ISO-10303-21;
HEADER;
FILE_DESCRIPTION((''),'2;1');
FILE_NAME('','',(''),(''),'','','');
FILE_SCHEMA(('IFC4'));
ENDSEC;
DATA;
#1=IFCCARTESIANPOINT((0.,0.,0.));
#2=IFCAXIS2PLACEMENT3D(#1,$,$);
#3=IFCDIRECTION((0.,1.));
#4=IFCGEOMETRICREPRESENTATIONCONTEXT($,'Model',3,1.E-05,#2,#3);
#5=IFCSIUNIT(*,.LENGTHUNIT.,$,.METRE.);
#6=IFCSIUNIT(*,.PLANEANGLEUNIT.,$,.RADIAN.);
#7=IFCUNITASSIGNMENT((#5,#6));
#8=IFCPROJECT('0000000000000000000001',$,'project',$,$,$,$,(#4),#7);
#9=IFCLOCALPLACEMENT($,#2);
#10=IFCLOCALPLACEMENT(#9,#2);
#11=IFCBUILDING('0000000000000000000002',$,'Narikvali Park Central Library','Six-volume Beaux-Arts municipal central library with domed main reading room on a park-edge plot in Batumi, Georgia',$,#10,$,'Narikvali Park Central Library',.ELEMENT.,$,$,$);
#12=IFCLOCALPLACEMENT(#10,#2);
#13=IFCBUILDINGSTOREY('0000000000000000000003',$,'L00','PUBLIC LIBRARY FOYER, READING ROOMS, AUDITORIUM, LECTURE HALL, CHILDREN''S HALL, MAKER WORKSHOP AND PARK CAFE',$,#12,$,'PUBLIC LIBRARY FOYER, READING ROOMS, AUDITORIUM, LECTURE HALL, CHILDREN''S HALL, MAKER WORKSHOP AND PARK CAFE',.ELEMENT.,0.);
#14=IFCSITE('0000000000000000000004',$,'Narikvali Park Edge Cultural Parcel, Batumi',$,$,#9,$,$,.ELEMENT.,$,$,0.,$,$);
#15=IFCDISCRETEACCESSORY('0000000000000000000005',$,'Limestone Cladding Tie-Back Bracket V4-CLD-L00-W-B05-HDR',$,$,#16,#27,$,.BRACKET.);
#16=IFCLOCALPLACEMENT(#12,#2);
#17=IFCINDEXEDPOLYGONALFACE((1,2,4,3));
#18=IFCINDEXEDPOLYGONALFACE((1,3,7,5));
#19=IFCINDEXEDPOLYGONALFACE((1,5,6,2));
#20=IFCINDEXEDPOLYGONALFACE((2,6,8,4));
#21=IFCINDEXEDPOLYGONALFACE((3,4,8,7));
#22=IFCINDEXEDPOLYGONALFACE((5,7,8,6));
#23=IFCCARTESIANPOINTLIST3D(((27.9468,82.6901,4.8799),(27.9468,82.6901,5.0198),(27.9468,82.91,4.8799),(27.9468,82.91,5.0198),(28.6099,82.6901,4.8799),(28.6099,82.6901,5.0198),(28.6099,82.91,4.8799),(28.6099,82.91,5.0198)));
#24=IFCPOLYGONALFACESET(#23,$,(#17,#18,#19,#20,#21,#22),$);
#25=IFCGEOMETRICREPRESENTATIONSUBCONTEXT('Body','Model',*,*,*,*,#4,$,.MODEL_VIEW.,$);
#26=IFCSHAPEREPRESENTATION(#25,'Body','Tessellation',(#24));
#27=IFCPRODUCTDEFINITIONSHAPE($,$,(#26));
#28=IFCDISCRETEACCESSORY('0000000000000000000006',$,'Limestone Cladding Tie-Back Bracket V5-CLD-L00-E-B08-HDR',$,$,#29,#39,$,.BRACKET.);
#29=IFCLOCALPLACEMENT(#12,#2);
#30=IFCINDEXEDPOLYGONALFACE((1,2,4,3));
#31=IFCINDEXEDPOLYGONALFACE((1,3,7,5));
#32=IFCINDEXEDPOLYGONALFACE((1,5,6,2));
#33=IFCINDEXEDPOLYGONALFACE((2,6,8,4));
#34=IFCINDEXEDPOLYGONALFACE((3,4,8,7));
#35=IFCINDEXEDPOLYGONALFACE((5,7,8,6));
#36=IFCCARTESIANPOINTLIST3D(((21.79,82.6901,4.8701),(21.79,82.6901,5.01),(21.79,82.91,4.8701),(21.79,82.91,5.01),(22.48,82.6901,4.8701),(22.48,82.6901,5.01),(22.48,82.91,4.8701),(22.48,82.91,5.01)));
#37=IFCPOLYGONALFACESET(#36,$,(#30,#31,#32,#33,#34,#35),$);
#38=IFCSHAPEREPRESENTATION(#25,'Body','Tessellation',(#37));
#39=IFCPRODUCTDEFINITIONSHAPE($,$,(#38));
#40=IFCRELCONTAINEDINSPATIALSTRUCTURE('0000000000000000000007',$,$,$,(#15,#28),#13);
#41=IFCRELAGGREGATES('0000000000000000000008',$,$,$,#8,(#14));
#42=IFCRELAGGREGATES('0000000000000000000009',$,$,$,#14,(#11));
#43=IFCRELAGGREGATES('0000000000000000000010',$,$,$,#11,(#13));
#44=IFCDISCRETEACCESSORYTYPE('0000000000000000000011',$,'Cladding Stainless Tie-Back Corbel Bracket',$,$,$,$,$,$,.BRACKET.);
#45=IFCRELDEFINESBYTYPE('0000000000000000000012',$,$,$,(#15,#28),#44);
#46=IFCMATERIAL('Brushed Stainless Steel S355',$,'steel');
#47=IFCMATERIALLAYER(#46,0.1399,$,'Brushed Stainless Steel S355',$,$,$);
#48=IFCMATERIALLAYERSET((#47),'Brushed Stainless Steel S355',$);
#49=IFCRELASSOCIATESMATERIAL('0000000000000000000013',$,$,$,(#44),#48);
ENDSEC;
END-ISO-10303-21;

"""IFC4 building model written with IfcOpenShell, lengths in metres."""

from ifc_helpers import new_model, si_unit, direction, frame, origin, origin_2d, place, context, subcontext, project, spatial, rectangle, extrude, material, layer, layer_set, type_object, element, save


model = new_model("IFC4")

# Units and contexts
model_context = context("Model", 3, precision=1e-05, world=origin(), true_north=direction((0.0, 1.0)))
body_context = subcontext(model_context, "Body", "Model", "MODEL_VIEW")
ifc_project = project(units=[si_unit("LENGTHUNIT", "METRE"), si_unit("PLANEANGLEUNIT", "RADIAN")], contexts=[model_context])

# Site, building, storey
site_placement = place(None, origin())
site = spatial("IfcSite", under=ifc_project, at=site_placement, Name="Narikvali Park Edge Cultural Parcel, Batumi", CompositionType="ELEMENT", RefElevation=0.0)
building_placement = place(site_placement, origin())
building = spatial("IfcBuilding", under=site, at=building_placement, Name="Narikvali Park Central Library", Description="Six-volume Beaux-Arts municipal central library with domed main reading room on a park-edge plot in Batumi, Georgia", LongName="Narikvali Park Central Library", CompositionType="ELEMENT")
storey_placement = place(building_placement, origin())
storey = spatial("IfcBuildingStorey", under=building, at=storey_placement, Name="L00", Description="PUBLIC LIBRARY FOYER, READING ROOMS, AUDITORIUM, LECTURE HALL, CHILDREN'S HALL, MAKER WORKSHOP AND PARK CAFE", LongName="PUBLIC LIBRARY FOYER, READING ROOMS, AUDITORIUM, LECTURE HALL, CHILDREN'S HALL, MAKER WORKSHOP AND PARK CAFE", CompositionType="ELEMENT", Elevation=0.0)

# Discrete accessories
ifc_material_1 = material(Name="Brushed Stainless Steel S355", Category="steel")
ifc_layer_1 = layer(ifc_material_1, 0.1399, Name="Brushed Stainless Steel S355")
ifc_layer_set_1 = layer_set([ifc_layer_1], Name="Brushed Stainless Steel S355")
discrete_accessory_type = type_object("IfcDiscreteAccessoryType", Name="Cladding Stainless Tie-Back Corbel Bracket", PredefinedType="BRACKET", material=ifc_layer_set_1)
discrete_accessory_1_placement = place(storey_placement, frame((28.2783, 82.8, 4.8799), z_axis=(0.0, 0.0, 1.0), x_axis=(1.0, 0.0, 0.0)))
element("IfcDiscreteAccessory", 1, at=discrete_accessory_1_placement, inside=storey, type_object=discrete_accessory_type, Name="Limestone Cladding Tie-Back Bracket V4-CLD-L00-W-B05-HDR", PredefinedType="BRACKET", context=body_context, shape_type="SweptSolid", body=[
    extrude(rectangle(XDim=0.6631, YDim=0.22, at=origin_2d()), origin(), (0.0, 0.0, 1.0), 0.1399),
])
discrete_accessory_2_placement = place(storey_placement, frame((22.135, 82.8, 4.8701), z_axis=(0.0, 0.0, 1.0), x_axis=(1.0, 0.0, 0.0)))
element("IfcDiscreteAccessory", 2, at=discrete_accessory_2_placement, inside=storey, type_object=discrete_accessory_type, Name="Limestone Cladding Tie-Back Bracket V5-CLD-L00-E-B08-HDR", PredefinedType="BRACKET", context=body_context, shape_type="SweptSolid", body=[
    extrude(rectangle(XDim=0.6899, YDim=0.22, at=origin_2d()), origin(), (0.0, 0.0, 1.0), 0.1399),
])

save(model, "model.ifc")
